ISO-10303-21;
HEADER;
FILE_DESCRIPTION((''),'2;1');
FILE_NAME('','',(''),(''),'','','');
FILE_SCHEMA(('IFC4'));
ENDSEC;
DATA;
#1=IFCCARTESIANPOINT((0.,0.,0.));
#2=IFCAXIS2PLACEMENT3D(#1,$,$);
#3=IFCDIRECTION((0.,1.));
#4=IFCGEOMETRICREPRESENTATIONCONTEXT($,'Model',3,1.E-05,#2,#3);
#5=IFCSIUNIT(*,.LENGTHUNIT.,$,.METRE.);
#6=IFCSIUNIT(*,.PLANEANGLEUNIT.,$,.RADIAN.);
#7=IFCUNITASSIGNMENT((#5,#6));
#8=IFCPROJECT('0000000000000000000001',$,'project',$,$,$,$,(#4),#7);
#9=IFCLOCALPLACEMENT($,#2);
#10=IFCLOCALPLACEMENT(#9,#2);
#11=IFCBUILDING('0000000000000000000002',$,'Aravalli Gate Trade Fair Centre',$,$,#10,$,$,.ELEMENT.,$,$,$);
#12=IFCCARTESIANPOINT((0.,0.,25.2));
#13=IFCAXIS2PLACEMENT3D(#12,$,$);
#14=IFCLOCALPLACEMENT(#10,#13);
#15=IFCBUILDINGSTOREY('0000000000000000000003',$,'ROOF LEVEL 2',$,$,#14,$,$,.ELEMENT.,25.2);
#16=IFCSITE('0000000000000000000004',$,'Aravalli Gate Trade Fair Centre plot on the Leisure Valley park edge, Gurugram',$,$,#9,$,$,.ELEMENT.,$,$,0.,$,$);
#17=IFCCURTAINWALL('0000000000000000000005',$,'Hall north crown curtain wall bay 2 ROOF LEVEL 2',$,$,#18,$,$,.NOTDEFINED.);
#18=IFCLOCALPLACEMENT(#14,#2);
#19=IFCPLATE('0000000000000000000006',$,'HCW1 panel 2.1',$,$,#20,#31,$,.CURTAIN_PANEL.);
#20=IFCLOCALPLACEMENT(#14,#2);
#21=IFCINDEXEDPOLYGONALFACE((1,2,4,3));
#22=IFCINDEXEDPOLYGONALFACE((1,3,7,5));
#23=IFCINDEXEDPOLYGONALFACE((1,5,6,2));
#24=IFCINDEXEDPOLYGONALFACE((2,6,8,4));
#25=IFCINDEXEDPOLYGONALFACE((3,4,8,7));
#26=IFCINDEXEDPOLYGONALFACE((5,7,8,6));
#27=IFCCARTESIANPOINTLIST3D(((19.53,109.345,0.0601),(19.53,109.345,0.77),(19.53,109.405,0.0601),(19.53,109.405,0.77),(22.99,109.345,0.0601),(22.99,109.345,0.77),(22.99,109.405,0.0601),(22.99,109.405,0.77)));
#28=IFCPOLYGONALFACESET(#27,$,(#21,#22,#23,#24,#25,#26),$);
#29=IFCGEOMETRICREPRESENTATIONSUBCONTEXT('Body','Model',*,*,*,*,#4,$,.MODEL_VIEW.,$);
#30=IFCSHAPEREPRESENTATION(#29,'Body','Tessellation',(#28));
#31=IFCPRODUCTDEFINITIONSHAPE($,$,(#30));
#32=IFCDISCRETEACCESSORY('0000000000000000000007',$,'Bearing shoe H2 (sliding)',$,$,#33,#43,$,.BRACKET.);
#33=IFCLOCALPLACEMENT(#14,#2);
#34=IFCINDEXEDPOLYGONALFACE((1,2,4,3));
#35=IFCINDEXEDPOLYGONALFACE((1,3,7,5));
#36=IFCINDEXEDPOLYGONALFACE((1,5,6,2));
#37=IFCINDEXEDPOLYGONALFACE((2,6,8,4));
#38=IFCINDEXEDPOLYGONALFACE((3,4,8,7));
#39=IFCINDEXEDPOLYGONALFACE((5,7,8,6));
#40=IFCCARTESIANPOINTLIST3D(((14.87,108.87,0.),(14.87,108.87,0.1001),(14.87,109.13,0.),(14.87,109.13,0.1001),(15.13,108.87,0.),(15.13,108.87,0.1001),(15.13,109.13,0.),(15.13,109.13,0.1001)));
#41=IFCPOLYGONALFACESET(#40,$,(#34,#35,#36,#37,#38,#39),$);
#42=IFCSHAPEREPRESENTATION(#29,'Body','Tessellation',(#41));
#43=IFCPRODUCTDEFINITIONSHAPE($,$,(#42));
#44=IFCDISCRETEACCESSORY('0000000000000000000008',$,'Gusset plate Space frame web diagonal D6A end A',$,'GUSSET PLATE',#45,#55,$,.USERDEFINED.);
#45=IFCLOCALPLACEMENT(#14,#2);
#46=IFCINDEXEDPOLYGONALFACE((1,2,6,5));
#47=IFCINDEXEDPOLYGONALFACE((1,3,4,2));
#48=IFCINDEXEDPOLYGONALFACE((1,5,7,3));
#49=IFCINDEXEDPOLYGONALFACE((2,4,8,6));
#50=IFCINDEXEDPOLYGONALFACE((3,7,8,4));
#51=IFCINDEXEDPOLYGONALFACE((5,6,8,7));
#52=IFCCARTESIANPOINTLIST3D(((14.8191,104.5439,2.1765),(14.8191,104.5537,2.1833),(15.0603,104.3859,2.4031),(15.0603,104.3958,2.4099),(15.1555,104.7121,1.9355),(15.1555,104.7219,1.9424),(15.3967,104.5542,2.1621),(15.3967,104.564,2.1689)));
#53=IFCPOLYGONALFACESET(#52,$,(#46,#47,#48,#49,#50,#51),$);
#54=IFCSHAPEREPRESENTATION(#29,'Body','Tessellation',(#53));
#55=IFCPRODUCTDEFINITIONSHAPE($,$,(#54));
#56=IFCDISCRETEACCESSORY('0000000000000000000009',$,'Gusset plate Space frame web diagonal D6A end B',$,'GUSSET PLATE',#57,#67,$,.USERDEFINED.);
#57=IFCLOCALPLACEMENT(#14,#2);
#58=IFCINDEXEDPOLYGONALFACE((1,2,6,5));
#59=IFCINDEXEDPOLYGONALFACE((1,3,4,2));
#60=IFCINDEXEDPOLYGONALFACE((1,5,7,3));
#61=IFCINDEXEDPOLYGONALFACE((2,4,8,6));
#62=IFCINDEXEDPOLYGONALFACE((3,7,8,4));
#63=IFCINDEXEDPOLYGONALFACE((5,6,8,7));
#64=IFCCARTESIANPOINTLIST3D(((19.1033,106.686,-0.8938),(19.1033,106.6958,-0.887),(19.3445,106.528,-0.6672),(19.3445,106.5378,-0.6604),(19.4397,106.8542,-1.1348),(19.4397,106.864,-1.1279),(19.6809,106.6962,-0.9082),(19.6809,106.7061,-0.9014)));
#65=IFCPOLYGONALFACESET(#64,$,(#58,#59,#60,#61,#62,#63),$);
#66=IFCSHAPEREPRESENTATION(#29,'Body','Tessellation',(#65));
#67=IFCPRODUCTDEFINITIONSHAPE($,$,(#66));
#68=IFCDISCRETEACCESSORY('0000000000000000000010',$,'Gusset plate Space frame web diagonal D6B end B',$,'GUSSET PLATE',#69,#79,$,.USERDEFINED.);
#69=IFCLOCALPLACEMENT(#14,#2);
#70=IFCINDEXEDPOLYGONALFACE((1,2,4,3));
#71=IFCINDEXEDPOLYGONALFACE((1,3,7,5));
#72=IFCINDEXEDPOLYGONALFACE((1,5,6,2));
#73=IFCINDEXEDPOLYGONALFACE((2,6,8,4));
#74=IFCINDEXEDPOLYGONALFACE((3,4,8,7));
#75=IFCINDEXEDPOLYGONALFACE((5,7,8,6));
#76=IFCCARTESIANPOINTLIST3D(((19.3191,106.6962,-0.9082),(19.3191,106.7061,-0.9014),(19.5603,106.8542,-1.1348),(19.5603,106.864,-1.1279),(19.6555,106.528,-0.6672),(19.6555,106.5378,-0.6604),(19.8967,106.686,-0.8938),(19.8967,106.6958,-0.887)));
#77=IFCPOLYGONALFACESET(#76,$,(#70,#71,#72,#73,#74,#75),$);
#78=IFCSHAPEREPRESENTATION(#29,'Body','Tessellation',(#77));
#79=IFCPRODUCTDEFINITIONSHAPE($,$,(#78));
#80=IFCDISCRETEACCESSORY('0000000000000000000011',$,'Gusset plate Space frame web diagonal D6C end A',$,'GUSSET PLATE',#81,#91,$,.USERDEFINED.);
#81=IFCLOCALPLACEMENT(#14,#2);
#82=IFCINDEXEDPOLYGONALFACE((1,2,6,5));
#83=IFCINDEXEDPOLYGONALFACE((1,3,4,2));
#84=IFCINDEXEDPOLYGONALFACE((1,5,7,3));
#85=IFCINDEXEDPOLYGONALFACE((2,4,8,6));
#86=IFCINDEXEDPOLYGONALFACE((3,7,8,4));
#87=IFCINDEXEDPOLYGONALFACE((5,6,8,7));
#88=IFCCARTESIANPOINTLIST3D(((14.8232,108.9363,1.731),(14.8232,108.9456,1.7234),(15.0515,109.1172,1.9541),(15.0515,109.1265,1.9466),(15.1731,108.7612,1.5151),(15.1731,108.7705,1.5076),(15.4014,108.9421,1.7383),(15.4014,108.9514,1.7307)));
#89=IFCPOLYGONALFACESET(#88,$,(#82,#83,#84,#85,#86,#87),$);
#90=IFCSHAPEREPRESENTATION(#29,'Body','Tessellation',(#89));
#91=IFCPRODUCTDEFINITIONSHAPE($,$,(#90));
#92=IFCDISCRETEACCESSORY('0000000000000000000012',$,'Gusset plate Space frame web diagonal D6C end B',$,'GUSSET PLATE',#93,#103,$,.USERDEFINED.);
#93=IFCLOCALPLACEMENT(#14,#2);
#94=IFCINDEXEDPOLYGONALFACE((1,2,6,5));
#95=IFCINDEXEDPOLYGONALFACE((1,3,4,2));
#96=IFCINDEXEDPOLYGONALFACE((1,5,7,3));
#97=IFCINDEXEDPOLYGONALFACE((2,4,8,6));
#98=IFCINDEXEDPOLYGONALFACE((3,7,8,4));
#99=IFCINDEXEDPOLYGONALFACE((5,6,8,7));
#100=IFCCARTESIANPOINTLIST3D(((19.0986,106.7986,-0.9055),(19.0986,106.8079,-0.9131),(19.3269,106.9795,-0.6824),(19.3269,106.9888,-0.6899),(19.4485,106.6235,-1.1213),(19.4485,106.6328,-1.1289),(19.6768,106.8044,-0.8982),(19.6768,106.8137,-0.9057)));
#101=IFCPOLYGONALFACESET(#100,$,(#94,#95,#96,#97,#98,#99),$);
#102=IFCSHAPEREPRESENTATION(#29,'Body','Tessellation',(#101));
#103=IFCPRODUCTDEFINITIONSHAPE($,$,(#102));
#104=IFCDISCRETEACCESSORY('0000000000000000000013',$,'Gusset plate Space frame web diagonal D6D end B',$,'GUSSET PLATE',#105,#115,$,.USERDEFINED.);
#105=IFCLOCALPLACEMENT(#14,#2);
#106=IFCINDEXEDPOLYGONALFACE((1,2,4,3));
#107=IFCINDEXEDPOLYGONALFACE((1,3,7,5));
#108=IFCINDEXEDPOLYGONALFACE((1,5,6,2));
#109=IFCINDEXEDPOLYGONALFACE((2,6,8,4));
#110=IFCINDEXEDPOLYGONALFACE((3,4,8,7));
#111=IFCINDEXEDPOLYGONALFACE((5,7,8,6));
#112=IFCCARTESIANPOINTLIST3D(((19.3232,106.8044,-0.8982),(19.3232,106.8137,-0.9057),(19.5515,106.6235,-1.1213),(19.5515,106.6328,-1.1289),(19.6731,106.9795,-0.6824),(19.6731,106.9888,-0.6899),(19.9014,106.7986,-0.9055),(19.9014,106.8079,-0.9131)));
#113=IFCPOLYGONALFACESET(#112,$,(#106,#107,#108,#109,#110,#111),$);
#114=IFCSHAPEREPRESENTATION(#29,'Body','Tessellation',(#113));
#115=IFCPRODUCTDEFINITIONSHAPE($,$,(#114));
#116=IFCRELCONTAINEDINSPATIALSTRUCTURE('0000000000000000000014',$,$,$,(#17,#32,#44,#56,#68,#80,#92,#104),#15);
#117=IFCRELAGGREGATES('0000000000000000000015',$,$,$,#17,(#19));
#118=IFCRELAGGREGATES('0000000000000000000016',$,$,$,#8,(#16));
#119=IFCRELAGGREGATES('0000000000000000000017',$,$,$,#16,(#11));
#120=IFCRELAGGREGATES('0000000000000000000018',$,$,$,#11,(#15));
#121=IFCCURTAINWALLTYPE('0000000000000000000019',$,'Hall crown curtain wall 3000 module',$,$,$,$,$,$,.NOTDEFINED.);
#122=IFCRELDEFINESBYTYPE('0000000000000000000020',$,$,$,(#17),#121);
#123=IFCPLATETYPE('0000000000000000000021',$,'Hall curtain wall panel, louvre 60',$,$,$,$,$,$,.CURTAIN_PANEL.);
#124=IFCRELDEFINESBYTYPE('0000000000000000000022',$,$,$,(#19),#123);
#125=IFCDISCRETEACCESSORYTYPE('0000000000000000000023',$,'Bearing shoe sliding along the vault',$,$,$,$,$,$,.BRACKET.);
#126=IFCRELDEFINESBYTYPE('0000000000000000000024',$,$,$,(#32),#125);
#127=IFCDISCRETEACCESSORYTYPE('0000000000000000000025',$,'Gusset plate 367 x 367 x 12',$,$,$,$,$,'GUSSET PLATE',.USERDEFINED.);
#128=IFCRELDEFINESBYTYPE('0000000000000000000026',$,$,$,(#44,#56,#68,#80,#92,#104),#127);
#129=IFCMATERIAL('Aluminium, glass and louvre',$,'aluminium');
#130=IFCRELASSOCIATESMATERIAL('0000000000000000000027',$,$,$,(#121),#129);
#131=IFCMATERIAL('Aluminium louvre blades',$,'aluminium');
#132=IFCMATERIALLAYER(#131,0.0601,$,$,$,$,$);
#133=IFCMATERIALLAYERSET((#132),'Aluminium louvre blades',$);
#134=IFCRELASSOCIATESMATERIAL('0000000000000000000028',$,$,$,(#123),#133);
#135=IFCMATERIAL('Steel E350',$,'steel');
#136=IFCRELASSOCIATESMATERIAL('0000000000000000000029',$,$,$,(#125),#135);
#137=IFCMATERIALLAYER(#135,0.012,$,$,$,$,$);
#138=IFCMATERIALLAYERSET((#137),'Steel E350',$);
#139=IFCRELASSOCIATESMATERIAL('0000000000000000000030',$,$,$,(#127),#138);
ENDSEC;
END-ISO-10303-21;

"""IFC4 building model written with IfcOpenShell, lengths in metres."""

from ifc_helpers import new_model, si_unit, direction, frame, origin, origin_2d, place, context, subcontext, project, spatial, polyline, rectangle, outline, extrude, material, layer, layer_set, type_object, element, aggregate, save


model = new_model("IFC4")

# Units and contexts
model_context = context("Model", 3, precision=1e-05, world=origin(), true_north=direction((0.0, 1.0)))
body_context = subcontext(model_context, "Body", "Model", "MODEL_VIEW")
ifc_project = project(units=[si_unit("LENGTHUNIT", "METRE"), si_unit("PLANEANGLEUNIT", "RADIAN")], contexts=[model_context])

# Site, building, storey
site_placement = place(None, origin())
site = spatial("IfcSite", under=ifc_project, at=site_placement, Name="Aravalli Gate Trade Fair Centre plot on the Leisure Valley park edge, Gurugram", CompositionType="ELEMENT", RefElevation=0.0)
building_placement = place(site_placement, origin())
building = spatial("IfcBuilding", under=site, at=building_placement, Name="Aravalli Gate Trade Fair Centre", CompositionType="ELEMENT")
storey_placement = place(building_placement, frame((0.0, 0.0, 25.2)))
storey = spatial("IfcBuildingStorey", under=building, at=storey_placement, Name="ROOF LEVEL 2", CompositionType="ELEMENT", Elevation=25.2)

# Shared definitions
ifc_material_1 = material(Name="Steel E350", Category="steel")

# Curtain wall, plate
ifc_material_2 = material(Name="Aluminium, glass and louvre", Category="aluminium")
curtain_wall_type = type_object("IfcCurtainWallType", Name="Hall crown curtain wall 3000 module", PredefinedType="NOTDEFINED", material=ifc_material_2)
curtain_wall_placement = place(storey_placement, origin())
curtain_wall = element("IfcCurtainWall", 1, at=curtain_wall_placement, inside=storey, type_object=curtain_wall_type, Name="Hall north crown curtain wall bay 2 ROOF LEVEL 2", PredefinedType="NOTDEFINED")
ifc_material_3 = material(Name="Aluminium louvre blades", Category="aluminium")
ifc_layer_1 = layer(ifc_material_3, 0.0601)
ifc_layer_set_1 = layer_set([ifc_layer_1], Name="Aluminium louvre blades")
plate_type = type_object("IfcPlateType", Name="Hall curtain wall panel, louvre 60", PredefinedType="CURTAIN_PANEL", material=ifc_layer_set_1)
plate_1_placement = place(storey_placement, frame((21.26, 109.375, 0.0601), z_axis=(0.0, 0.0, 1.0), x_axis=(1.0, 0.0, 0.0)))
plate_1 = element("IfcPlate", 2, at=plate_1_placement, type_object=plate_type, Name="HCW1 panel 2.1", PredefinedType="CURTAIN_PANEL", context=body_context, shape_type="SweptSolid", body=[
    extrude(rectangle(XDim=3.46, YDim=0.0601, at=origin_2d()), origin(), (0.0, 0.0, 1.0), 0.71),
])
aggregate(curtain_wall, [plate_1])

# Discrete accessories
discrete_accessory_type_1 = type_object("IfcDiscreteAccessoryType", Name="Bearing shoe sliding along the vault", PredefinedType="BRACKET", material=ifc_material_1)
discrete_accessory_1_placement = place(storey_placement, frame((15.0, 109.0, 0.0), z_axis=(0.0, 0.0, 1.0), x_axis=(1.0, 0.0, 0.0)))
element("IfcDiscreteAccessory", 3, at=discrete_accessory_1_placement, inside=storey, type_object=discrete_accessory_type_1, Name="Bearing shoe H2 (sliding)", PredefinedType="BRACKET", context=body_context, shape_type="SweptSolid", body=[
    extrude(rectangle(XDim=0.26, YDim=0.26, at=origin_2d()), origin(), (0.0, 0.0, 1.0), 0.1001),
])
ifc_layer_2 = layer(ifc_material_1, 0.012)
ifc_layer_set_2 = layer_set([ifc_layer_2], Name="Steel E350")
discrete_accessory_type_2 = type_object("IfcDiscreteAccessoryType", Name="Gusset plate 367 x 367 x 12", ElementType="GUSSET PLATE", PredefinedType="USERDEFINED", material=ifc_layer_set_2)
discrete_accessory_2_placement = place(storey_placement, frame((15.1555, 104.7219, 1.9424), z_axis=(-0.000292, 0.820164, 0.572128), x_axis=(-0.753132, -0.376566, 0.539435)))
element("IfcDiscreteAccessory", 4, at=discrete_accessory_2_placement, inside=storey, type_object=discrete_accessory_type_2, Name="Gusset plate Space frame web diagonal D6A end A", ObjectType="GUSSET PLATE", PredefinedType="USERDEFINED", context=body_context, shape_type="SweptSolid", body=[
    extrude(outline(polyline([(0.0, 0.0), (0.4467, 0.0), (0.4467, 0.3667), (0.0, 0.3667), (0.0, 0.0)])), origin(), (0.0, 0.0, -1.0), 0.012),
])
discrete_accessory_3_placement = place(storey_placement, frame((19.1033, 106.6958, -0.887), z_axis=(-0.000292, 0.820164, 0.572128), x_axis=(0.753132, 0.376566, -0.539435)))
element("IfcDiscreteAccessory", 5, at=discrete_accessory_3_placement, inside=storey, type_object=discrete_accessory_type_2, Name="Gusset plate Space frame web diagonal D6A end B", ObjectType="GUSSET PLATE", PredefinedType="USERDEFINED", context=body_context, shape_type="SweptSolid", body=[
    extrude(outline(polyline([(0.0, 0.0), (0.4467, 0.0), (0.4467, -0.3667), (0.0, -0.3667), (0.0, 0.0)])), origin(), (0.0, 0.0, -1.0), 0.012),
])
discrete_accessory_4_placement = place(storey_placement, frame((19.6555, 106.5378, -0.6604), z_axis=(0.000292, 0.820164, 0.572128), x_axis=(-0.753132, 0.376566, -0.539435)))
element("IfcDiscreteAccessory", 6, at=discrete_accessory_4_placement, inside=storey, type_object=discrete_accessory_type_2, Name="Gusset plate Space frame web diagonal D6B end B", ObjectType="GUSSET PLATE", PredefinedType="USERDEFINED", context=body_context, shape_type="SweptSolid", body=[
    extrude(outline(polyline([(0.0, 0.0), (0.4467, 0.0), (0.4467, -0.3667), (0.0, -0.3667), (0.0, 0.0)])), origin(), (0.0, 0.0, -1.0), 0.012),
])
discrete_accessory_5_placement = place(storey_placement, frame((15.1731, 108.7612, 1.5151), z_axis=(-0.000107, -0.776736, 0.629826), x_axis=(-0.783044, 0.391795, 0.48305)))
element("IfcDiscreteAccessory", 7, at=discrete_accessory_5_placement, inside=storey, type_object=discrete_accessory_type_2, Name="Gusset plate Space frame web diagonal D6C end A", ObjectType="GUSSET PLATE", PredefinedType="USERDEFINED", context=body_context, shape_type="SweptSolid", body=[
    extrude(outline(polyline([(0.0, 0.0), (0.4468, 0.0), (0.4467, -0.3669), (-0.0001, -0.3669), (0.0, 0.0)])), origin(), (0.0, 0.0, -1.0), 0.012),
])
discrete_accessory_6_placement = place(storey_placement, frame((19.0986, 106.7986, -0.9055), z_axis=(-0.000107, -0.776736, 0.629826), x_axis=(0.783044, -0.391795, -0.48305)))
element("IfcDiscreteAccessory", 8, at=discrete_accessory_6_placement, inside=storey, type_object=discrete_accessory_type_2, Name="Gusset plate Space frame web diagonal D6C end B", ObjectType="GUSSET PLATE", PredefinedType="USERDEFINED", context=body_context, shape_type="SweptSolid", body=[
    extrude(outline(polyline([(0.0, 0.0), (0.4468, 0.0), (0.4469, 0.3669), (0.0001, 0.3669), (0.0, 0.0)])), origin(), (0.0, 0.0, -1.0), 0.012),
])
discrete_accessory_7_placement = place(storey_placement, frame((19.6731, 106.9795, -0.6824), z_axis=(0.000107, -0.776736, 0.629826), x_axis=(-0.783044, -0.391795, -0.48305)))
element("IfcDiscreteAccessory", 9, at=discrete_accessory_7_placement, inside=storey, type_object=discrete_accessory_type_2, Name="Gusset plate Space frame web diagonal D6D end B", ObjectType="GUSSET PLATE", PredefinedType="USERDEFINED", context=body_context, shape_type="SweptSolid", body=[
    extrude(outline(polyline([(0.0, 0.0), (0.4468, 0.0), (0.4467, 0.3669), (-0.0001, 0.3669), (0.0, 0.0)])), origin(), (0.0, 0.0, -1.0), 0.012),
])

save(model, "model.ifc")
